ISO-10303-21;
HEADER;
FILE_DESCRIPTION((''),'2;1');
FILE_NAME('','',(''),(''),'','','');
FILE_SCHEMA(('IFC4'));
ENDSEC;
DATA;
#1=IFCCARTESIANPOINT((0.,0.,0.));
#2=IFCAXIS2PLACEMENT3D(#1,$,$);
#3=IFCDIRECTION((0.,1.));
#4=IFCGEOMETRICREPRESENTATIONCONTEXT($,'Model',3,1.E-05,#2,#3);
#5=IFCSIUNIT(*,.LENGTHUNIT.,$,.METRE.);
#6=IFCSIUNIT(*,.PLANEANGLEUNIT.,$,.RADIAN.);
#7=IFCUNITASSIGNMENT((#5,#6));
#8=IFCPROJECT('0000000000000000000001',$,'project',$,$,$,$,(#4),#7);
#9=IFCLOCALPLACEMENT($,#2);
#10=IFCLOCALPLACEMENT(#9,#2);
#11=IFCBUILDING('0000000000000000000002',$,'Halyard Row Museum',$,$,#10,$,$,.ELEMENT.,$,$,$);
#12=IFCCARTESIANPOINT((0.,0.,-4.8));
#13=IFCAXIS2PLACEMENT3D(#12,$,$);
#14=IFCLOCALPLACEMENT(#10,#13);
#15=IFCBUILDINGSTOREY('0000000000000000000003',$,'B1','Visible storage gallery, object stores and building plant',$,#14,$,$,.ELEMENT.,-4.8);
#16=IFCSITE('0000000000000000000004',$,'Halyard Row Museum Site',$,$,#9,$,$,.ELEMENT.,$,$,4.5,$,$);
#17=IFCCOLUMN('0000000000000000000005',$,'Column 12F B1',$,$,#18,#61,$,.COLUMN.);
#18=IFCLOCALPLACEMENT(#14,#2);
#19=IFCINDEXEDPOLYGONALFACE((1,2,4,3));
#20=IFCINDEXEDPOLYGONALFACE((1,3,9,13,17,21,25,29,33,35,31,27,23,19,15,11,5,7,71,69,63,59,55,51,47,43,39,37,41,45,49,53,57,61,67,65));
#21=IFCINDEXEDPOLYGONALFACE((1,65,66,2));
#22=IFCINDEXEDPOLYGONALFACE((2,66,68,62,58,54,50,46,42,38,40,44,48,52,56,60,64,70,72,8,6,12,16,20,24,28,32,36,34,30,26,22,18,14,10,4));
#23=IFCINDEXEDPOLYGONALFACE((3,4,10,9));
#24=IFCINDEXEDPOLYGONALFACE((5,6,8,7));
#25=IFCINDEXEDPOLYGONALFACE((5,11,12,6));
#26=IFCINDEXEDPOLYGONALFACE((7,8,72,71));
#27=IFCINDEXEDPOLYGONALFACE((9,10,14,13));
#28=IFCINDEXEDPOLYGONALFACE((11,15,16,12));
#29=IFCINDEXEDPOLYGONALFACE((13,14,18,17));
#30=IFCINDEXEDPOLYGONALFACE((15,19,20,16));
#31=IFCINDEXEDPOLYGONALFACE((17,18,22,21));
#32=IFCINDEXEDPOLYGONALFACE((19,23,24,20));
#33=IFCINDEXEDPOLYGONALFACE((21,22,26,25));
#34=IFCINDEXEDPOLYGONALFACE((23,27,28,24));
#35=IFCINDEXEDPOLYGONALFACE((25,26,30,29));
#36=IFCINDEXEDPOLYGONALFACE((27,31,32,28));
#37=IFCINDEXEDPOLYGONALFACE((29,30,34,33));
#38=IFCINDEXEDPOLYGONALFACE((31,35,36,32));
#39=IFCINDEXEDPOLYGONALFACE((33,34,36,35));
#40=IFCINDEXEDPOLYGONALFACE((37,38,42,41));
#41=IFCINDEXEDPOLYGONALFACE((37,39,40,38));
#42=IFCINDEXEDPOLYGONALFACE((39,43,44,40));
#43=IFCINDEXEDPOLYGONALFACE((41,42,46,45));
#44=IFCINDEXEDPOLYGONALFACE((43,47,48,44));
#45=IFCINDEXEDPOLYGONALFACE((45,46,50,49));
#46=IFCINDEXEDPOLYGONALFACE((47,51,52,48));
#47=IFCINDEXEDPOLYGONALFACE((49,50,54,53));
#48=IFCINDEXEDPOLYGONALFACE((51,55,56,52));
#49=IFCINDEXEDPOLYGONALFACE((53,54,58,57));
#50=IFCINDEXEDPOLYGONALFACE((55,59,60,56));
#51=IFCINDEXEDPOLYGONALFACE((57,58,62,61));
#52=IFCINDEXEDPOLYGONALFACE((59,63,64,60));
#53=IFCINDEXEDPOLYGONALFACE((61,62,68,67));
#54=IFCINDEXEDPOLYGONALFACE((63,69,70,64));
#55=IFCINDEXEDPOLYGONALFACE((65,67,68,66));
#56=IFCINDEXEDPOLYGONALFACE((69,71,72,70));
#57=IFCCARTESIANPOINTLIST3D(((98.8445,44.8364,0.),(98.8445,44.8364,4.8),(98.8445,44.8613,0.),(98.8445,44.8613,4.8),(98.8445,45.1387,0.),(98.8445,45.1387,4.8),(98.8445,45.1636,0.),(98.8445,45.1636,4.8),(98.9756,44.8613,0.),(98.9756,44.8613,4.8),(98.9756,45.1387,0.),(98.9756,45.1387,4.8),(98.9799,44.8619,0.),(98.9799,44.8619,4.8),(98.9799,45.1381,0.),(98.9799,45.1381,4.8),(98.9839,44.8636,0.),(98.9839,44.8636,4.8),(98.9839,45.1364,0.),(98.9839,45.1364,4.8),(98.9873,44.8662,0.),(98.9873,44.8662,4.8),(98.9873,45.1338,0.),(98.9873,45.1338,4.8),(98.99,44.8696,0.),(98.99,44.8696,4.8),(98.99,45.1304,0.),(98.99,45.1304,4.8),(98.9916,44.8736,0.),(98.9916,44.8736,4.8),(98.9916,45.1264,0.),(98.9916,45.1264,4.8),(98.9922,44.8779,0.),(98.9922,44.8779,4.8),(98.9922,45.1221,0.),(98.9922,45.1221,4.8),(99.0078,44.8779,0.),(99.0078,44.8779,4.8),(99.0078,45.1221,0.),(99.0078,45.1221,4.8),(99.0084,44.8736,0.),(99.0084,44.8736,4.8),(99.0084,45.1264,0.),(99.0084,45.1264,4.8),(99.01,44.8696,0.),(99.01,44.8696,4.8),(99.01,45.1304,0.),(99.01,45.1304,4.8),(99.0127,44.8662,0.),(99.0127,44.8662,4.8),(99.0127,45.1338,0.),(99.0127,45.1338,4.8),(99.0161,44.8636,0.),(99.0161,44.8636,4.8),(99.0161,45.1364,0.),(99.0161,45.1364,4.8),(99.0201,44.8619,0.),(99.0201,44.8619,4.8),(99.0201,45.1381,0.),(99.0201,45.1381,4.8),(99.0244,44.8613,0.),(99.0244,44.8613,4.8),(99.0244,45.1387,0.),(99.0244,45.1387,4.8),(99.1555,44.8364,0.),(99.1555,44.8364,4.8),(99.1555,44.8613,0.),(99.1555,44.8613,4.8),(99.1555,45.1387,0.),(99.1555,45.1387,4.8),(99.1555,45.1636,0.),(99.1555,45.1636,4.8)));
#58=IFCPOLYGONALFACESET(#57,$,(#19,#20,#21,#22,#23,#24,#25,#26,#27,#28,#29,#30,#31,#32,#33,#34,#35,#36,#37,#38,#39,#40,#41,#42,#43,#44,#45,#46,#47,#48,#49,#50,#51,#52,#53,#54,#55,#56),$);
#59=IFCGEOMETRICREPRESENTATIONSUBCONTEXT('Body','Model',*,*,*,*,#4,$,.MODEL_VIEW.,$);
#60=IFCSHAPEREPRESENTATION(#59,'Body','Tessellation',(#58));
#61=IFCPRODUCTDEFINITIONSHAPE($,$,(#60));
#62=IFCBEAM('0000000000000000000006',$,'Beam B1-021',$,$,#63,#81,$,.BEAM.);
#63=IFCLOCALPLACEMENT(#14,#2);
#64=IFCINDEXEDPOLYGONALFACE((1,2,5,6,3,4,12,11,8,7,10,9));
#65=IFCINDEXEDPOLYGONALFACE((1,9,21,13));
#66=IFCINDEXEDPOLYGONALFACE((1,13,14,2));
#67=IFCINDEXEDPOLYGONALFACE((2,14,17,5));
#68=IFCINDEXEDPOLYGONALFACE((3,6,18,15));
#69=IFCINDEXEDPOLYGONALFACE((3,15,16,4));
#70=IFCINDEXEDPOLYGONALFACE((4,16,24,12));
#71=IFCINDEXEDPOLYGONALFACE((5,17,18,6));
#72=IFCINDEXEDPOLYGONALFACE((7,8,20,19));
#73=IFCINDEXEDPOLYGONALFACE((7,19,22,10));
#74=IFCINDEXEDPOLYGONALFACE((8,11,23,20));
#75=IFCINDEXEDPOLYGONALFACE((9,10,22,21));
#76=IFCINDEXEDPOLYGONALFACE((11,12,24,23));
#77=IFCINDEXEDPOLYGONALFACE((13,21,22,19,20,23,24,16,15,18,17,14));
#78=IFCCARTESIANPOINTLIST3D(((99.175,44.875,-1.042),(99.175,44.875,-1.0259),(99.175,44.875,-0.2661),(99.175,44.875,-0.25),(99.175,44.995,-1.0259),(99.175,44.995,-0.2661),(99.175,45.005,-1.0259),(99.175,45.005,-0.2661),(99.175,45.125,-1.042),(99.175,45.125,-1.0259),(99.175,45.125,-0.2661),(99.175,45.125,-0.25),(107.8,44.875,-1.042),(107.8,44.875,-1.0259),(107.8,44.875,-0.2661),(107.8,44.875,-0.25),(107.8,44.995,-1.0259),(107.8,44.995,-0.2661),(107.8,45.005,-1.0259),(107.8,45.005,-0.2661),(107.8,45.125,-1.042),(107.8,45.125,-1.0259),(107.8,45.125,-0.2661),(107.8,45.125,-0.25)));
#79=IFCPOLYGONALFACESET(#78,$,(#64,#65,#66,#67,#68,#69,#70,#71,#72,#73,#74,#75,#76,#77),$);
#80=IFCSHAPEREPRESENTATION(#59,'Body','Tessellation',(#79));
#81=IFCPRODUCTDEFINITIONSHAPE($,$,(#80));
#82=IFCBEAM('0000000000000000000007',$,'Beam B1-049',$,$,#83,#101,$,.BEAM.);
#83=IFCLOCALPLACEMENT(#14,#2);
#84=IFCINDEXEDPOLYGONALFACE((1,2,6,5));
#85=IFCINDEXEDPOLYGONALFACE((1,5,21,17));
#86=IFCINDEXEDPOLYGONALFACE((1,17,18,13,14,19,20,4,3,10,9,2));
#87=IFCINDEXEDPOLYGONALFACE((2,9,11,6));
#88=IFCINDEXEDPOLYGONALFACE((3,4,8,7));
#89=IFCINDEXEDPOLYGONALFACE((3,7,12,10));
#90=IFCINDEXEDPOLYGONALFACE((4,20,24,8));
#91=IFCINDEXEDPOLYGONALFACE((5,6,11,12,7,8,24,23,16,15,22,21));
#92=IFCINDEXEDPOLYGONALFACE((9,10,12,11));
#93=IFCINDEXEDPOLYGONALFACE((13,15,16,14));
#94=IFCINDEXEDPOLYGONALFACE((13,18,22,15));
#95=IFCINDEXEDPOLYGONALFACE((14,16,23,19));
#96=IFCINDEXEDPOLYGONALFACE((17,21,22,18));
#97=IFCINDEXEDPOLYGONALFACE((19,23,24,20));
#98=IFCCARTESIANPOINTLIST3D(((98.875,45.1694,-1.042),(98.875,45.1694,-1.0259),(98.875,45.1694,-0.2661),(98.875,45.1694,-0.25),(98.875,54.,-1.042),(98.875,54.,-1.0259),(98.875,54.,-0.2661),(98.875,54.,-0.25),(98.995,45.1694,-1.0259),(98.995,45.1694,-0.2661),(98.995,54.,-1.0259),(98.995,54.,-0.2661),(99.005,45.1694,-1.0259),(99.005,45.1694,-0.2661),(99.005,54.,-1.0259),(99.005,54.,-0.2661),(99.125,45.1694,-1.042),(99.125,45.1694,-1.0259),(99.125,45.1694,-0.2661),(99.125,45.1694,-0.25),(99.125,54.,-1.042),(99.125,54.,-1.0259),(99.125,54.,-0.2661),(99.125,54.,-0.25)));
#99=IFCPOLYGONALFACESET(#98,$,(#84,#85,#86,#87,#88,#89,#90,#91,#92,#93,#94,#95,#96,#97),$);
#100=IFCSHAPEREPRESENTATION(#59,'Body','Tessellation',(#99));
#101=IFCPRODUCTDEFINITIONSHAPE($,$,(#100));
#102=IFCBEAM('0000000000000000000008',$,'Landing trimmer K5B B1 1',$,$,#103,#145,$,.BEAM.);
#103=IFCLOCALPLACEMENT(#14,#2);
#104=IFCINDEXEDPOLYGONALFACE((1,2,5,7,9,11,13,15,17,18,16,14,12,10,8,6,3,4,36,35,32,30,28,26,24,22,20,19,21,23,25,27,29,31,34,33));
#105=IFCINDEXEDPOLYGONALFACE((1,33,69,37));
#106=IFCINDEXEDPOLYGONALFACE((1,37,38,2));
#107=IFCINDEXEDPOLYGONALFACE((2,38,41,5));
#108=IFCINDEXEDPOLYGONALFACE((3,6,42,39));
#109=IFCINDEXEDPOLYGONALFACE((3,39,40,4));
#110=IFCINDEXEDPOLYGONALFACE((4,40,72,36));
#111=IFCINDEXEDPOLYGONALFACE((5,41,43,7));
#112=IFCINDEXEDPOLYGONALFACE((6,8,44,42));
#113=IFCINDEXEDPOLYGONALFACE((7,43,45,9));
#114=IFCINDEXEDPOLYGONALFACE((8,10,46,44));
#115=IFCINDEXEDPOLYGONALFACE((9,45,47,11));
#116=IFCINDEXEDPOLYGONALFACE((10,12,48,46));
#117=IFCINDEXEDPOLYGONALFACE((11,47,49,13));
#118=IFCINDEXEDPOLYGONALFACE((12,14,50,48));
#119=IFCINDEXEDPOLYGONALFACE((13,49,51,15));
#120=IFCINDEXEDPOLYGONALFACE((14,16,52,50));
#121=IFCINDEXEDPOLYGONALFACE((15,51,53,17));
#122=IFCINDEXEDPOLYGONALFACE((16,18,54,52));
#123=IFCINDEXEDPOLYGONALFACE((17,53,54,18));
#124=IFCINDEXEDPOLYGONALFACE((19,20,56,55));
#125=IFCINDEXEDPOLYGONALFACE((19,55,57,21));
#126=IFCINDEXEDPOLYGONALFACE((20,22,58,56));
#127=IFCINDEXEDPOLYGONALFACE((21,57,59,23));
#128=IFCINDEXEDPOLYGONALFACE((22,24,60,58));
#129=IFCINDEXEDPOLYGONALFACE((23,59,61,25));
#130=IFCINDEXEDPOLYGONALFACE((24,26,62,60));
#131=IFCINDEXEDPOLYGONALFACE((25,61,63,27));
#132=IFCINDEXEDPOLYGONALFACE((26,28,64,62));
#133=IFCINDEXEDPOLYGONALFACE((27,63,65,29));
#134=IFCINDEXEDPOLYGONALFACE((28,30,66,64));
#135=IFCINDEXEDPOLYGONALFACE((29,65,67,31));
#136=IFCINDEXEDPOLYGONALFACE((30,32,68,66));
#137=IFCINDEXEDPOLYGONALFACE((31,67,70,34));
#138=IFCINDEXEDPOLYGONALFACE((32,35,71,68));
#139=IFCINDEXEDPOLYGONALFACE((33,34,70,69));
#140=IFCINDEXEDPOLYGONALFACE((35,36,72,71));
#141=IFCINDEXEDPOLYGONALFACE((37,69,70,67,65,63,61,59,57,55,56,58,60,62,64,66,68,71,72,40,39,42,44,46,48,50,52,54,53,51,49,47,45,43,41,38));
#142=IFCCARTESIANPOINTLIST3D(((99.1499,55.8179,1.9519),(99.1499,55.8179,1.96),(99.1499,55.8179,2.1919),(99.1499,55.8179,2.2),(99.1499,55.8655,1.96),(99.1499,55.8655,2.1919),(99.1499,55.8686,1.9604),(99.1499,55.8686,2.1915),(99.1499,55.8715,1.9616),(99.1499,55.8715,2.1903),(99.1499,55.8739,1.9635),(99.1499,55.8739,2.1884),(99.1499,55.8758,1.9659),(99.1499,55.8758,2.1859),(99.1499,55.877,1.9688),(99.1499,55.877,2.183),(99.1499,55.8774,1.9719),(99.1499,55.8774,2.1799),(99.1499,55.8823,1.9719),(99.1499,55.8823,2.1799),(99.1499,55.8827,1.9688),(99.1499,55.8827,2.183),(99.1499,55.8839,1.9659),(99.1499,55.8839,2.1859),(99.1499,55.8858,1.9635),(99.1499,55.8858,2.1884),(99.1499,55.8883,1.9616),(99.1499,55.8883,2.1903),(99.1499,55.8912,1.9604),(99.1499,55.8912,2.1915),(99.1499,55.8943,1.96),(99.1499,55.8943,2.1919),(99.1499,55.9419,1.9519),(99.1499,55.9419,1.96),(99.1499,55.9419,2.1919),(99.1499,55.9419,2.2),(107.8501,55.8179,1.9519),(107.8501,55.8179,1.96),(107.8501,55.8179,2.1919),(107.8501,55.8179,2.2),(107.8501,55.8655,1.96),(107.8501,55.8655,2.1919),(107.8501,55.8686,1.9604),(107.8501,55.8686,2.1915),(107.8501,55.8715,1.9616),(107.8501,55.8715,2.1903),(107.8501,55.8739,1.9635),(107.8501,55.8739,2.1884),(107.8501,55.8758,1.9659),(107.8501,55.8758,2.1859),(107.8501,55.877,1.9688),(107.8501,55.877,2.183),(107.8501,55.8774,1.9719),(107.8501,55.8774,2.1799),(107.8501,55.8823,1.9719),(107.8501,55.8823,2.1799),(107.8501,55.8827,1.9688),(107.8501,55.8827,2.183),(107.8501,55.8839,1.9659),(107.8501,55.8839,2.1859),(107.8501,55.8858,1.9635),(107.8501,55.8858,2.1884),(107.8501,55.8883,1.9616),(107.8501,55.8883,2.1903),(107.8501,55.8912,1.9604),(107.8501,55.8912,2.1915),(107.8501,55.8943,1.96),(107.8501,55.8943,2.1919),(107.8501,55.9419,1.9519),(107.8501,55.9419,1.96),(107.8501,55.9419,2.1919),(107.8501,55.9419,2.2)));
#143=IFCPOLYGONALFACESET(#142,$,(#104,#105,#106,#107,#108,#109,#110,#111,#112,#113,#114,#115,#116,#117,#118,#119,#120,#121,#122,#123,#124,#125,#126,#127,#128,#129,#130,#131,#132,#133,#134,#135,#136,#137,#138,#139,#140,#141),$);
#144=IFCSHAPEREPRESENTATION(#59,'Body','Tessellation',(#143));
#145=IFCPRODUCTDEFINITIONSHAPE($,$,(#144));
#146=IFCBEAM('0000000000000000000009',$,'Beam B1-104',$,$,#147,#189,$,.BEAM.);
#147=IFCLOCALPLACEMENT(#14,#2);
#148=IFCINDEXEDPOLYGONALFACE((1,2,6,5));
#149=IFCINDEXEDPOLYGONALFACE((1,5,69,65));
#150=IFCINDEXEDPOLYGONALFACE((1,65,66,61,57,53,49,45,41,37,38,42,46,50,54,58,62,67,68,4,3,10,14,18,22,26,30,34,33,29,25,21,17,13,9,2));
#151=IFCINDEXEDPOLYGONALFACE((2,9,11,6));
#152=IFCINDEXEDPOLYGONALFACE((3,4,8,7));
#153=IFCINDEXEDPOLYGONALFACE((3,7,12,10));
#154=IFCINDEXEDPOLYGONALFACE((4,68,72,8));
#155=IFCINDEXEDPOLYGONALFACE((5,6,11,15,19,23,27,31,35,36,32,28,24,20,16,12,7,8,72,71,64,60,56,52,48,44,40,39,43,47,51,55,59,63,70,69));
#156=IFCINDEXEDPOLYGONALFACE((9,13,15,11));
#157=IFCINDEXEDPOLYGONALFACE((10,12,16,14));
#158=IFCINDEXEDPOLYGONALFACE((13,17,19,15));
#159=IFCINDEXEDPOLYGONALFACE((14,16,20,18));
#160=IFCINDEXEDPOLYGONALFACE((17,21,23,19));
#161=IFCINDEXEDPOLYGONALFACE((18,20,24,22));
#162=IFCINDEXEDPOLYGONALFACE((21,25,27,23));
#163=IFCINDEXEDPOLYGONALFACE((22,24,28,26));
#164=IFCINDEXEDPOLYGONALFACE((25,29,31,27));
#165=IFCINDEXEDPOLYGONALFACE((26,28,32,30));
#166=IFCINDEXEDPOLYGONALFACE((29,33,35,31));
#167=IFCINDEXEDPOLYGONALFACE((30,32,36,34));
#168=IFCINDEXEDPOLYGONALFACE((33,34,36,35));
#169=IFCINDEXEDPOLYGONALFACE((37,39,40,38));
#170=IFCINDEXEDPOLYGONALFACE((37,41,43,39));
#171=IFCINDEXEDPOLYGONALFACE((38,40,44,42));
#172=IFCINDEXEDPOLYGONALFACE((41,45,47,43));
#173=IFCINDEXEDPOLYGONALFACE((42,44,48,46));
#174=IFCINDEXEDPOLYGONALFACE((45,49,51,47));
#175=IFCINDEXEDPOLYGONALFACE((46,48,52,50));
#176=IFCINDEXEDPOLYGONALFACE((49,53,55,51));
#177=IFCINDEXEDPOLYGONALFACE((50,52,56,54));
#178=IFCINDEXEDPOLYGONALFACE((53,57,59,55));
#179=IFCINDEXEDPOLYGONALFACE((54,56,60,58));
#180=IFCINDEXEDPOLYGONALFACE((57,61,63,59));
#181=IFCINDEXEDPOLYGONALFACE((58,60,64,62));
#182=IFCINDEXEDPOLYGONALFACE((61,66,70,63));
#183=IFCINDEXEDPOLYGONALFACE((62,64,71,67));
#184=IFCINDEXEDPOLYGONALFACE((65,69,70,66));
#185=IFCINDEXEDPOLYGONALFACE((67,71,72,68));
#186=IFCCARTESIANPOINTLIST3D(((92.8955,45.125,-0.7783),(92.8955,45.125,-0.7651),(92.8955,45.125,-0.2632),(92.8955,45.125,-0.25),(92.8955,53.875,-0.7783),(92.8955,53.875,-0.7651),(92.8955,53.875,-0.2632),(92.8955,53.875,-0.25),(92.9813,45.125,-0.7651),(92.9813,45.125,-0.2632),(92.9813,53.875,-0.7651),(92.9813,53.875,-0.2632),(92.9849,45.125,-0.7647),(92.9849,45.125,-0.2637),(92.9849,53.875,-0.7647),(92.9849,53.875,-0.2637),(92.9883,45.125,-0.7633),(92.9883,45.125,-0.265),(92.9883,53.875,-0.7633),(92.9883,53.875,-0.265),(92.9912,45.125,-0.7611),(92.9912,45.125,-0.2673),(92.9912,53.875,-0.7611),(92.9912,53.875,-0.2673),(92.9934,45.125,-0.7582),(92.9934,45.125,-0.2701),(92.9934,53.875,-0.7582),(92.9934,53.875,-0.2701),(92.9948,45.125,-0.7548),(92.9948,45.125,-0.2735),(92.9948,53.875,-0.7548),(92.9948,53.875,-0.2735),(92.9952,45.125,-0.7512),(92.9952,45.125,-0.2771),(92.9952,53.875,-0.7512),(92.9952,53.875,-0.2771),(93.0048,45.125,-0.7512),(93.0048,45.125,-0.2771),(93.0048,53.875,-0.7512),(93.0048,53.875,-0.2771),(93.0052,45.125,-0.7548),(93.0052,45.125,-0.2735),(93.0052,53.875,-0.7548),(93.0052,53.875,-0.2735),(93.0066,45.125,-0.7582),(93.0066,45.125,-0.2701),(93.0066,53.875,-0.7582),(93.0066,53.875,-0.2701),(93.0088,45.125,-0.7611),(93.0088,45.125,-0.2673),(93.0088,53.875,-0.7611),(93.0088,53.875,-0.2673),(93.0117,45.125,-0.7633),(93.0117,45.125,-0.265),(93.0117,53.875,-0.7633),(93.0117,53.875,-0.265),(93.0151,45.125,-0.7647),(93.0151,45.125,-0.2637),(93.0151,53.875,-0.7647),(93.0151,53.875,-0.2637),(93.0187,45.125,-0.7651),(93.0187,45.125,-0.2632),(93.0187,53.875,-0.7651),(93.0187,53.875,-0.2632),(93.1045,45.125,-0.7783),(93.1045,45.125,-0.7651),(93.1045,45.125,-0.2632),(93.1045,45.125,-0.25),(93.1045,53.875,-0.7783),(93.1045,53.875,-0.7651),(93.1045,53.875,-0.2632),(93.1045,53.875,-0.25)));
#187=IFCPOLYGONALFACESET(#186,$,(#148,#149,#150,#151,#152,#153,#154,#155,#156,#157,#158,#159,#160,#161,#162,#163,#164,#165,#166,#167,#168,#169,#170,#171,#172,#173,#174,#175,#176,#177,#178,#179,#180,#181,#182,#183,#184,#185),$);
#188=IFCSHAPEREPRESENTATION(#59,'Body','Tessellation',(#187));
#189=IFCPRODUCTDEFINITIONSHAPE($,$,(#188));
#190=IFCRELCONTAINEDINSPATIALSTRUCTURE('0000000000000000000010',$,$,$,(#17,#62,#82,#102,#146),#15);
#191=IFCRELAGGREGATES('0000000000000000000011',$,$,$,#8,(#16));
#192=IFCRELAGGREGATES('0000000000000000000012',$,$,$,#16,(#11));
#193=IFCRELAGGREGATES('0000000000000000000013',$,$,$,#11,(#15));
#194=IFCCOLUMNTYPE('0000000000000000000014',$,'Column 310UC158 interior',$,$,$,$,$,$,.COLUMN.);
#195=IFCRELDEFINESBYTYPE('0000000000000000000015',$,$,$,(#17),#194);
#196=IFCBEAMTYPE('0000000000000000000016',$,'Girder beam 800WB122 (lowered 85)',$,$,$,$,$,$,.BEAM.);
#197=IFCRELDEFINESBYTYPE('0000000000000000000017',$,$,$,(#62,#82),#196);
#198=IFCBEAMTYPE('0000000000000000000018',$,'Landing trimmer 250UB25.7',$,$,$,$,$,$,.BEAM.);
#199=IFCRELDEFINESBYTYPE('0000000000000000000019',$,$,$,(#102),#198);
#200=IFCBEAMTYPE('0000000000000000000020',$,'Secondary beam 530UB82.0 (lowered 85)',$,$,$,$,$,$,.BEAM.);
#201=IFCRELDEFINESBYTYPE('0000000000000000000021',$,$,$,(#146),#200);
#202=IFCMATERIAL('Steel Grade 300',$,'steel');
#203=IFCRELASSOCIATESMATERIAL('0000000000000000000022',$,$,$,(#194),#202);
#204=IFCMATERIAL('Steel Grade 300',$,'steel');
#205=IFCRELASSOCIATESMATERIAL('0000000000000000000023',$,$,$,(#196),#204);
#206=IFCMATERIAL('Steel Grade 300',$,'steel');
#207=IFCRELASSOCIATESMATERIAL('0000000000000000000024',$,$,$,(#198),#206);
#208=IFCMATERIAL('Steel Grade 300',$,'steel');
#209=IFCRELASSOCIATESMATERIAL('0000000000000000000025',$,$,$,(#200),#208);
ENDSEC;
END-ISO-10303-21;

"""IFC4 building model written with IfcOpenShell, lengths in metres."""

from ifc_helpers import new_model, si_unit, direction, frame, origin, origin_2d, place, context, subcontext, project, spatial, i_section, extrude, material, material_profile, profile_set, type_object, element, save


model = new_model("IFC4")

# Units and contexts
model_context = context("Model", 3, precision=1e-05, world=origin(), true_north=direction((0.0, 1.0)))
body_context = subcontext(model_context, "Body", "Model", "MODEL_VIEW")
ifc_project = project(units=[si_unit("LENGTHUNIT", "METRE"), si_unit("PLANEANGLEUNIT", "RADIAN")], contexts=[model_context])

# Site, building, storey
site_placement = place(None, origin())
site = spatial("IfcSite", under=ifc_project, at=site_placement, Name="Halyard Row Museum Site", CompositionType="ELEMENT", RefElevation=4.5)
building_placement = place(site_placement, origin())
building = spatial("IfcBuilding", under=site, at=building_placement, Name="Halyard Row Museum", CompositionType="ELEMENT")
storey_placement = place(building_placement, frame((0.0, 0.0, -4.8)))
storey = spatial("IfcBuildingStorey", under=building, at=storey_placement, Name="B1", Description="Visible storage gallery, object stores and building plant", CompositionType="ELEMENT", Elevation=-4.8)

# Column
ifc_material_1 = material(Name="Steel Grade 300", Category="steel")
ifc_material_profile_1 = material_profile(ifc_material_1, i_section(OverallWidth=0.311, OverallDepth=0.3271, WebThickness=0.0156, FlangeThickness=0.0249, FilletRadius=0.0166, at=origin_2d()), Name="310UC158")
ifc_profile_set_1 = profile_set([ifc_material_profile_1], Name="Steel Grade 300")
column_type = type_object("IfcColumnType", Name="Column 310UC158 interior", PredefinedType="COLUMN", material=ifc_profile_set_1)
column_placement = place(storey_placement, frame((99.0, 45.0, 0.0), z_axis=(0.0, 0.0, 1.0), x_axis=(1.0, 0.0, 0.0)))
element("IfcColumn", 1, at=column_placement, inside=storey, type_object=column_type, Name="Column 12F B1", PredefinedType="COLUMN", context=body_context, shape_type="SweptSolid", body=[
    extrude(i_section(OverallWidth=0.311, OverallDepth=0.3271, WebThickness=0.0156, FlangeThickness=0.0249, FilletRadius=0.0166, at=origin_2d()), origin(), (0.0, 0.0, 1.0), 4.8),
])

# Beams
ifc_material_2 = material(Name="Steel Grade 300", Category="steel")
ifc_material_profile_2 = material_profile(ifc_material_2, i_section(OverallWidth=0.25, OverallDepth=0.792, WebThickness=0.01, FlangeThickness=0.0161, at=origin_2d()), Name="800WB122")
ifc_profile_set_2 = profile_set([ifc_material_profile_2], Name="Steel Grade 300")
beam_type_1 = type_object("IfcBeamType", Name="Girder beam 800WB122 (lowered 85)", PredefinedType="BEAM", material=ifc_profile_set_2)
beam_1_placement = place(storey_placement, frame((99.175, 45.0, -0.646), z_axis=(1.0, 0.0, 0.0), x_axis=(0.0, 1.0, 0.0)))
element("IfcBeam", 2, at=beam_1_placement, inside=storey, type_object=beam_type_1, Name="Beam B1-021", PredefinedType="BEAM", context=body_context, shape_type="SweptSolid", body=[
    extrude(i_section(OverallWidth=0.25, OverallDepth=0.792, WebThickness=0.01, FlangeThickness=0.0161, at=origin_2d()), origin(), (0.0, 0.0, 1.0), 8.625),
])
beam_2_placement = place(storey_placement, frame((99.0, 45.1694, -0.646), z_axis=(0.0, 1.0, 0.0), x_axis=(-1.0, 0.0, 0.0)))
element("IfcBeam", 3, at=beam_2_placement, inside=storey, type_object=beam_type_1, Name="Beam B1-049", PredefinedType="BEAM", context=body_context, shape_type="SweptSolid", body=[
    extrude(i_section(OverallWidth=0.25, OverallDepth=0.792, WebThickness=0.01, FlangeThickness=0.0161, at=origin_2d()), origin(), (0.0, 0.0, 1.0), 8.8306),
])
ifc_material_3 = material(Name="Steel Grade 300", Category="steel")
ifc_material_profile_3 = material_profile(ifc_material_3, i_section(OverallWidth=0.124, OverallDepth=0.248, WebThickness=0.0049, FlangeThickness=0.0081, FilletRadius=0.012, at=origin_2d()), Name="250UB25.7")
ifc_profile_set_3 = profile_set([ifc_material_profile_3], Name="Steel Grade 300")
beam_type_2 = type_object("IfcBeamType", Name="Landing trimmer 250UB25.7", PredefinedType="BEAM", material=ifc_profile_set_3)
beam_3_placement = place(storey_placement, frame((107.8501, 55.8799, 2.0759), z_axis=(-1.0, 0.0, 0.0), x_axis=(0.0, -1.0, 0.0)))
element("IfcBeam", 4, at=beam_3_placement, inside=storey, type_object=beam_type_2, Name="Landing trimmer K5B B1 1", PredefinedType="BEAM", context=body_context, shape_type="SweptSolid", body=[
    extrude(i_section(OverallWidth=0.124, OverallDepth=0.248, WebThickness=0.0049, FlangeThickness=0.0081, FilletRadius=0.012, at=origin_2d()), origin(), (0.0, 0.0, 1.0), 8.7002),
])
ifc_material_4 = material(Name="Steel Grade 300", Category="steel")
ifc_material_profile_4 = material_profile(ifc_material_4, i_section(OverallWidth=0.209, OverallDepth=0.5283, WebThickness=0.0095, FlangeThickness=0.0132, FilletRadius=0.0139, at=origin_2d()), Name="530UB82.0")
ifc_profile_set_4 = profile_set([ifc_material_profile_4], Name="Steel Grade 300")
beam_type_3 = type_object("IfcBeamType", Name="Secondary beam 530UB82.0 (lowered 85)", PredefinedType="BEAM", material=ifc_profile_set_4)
for number, where, z_axis, x_axis, name in (
    (5, (93.0, 45.125, -0.5142), (0.0, 1.0, 0.0), (-1.0, 0.0, 0.0), "Beam B1-104"),
):
    element("IfcBeam", number, at=place(storey_placement, frame(where, z_axis=z_axis, x_axis=x_axis)), inside=storey, type_object=beam_type_3, Name=name, PredefinedType="BEAM", context=body_context, shape_type="SweptSolid", body=[
        extrude(i_section(OverallWidth=0.209, OverallDepth=0.5283, WebThickness=0.0095, FlangeThickness=0.0132, FilletRadius=0.0139, at=origin_2d()), origin(), (0.0, 0.0, 1.0), 8.75),
    ])

save(model, "model.ifc")
